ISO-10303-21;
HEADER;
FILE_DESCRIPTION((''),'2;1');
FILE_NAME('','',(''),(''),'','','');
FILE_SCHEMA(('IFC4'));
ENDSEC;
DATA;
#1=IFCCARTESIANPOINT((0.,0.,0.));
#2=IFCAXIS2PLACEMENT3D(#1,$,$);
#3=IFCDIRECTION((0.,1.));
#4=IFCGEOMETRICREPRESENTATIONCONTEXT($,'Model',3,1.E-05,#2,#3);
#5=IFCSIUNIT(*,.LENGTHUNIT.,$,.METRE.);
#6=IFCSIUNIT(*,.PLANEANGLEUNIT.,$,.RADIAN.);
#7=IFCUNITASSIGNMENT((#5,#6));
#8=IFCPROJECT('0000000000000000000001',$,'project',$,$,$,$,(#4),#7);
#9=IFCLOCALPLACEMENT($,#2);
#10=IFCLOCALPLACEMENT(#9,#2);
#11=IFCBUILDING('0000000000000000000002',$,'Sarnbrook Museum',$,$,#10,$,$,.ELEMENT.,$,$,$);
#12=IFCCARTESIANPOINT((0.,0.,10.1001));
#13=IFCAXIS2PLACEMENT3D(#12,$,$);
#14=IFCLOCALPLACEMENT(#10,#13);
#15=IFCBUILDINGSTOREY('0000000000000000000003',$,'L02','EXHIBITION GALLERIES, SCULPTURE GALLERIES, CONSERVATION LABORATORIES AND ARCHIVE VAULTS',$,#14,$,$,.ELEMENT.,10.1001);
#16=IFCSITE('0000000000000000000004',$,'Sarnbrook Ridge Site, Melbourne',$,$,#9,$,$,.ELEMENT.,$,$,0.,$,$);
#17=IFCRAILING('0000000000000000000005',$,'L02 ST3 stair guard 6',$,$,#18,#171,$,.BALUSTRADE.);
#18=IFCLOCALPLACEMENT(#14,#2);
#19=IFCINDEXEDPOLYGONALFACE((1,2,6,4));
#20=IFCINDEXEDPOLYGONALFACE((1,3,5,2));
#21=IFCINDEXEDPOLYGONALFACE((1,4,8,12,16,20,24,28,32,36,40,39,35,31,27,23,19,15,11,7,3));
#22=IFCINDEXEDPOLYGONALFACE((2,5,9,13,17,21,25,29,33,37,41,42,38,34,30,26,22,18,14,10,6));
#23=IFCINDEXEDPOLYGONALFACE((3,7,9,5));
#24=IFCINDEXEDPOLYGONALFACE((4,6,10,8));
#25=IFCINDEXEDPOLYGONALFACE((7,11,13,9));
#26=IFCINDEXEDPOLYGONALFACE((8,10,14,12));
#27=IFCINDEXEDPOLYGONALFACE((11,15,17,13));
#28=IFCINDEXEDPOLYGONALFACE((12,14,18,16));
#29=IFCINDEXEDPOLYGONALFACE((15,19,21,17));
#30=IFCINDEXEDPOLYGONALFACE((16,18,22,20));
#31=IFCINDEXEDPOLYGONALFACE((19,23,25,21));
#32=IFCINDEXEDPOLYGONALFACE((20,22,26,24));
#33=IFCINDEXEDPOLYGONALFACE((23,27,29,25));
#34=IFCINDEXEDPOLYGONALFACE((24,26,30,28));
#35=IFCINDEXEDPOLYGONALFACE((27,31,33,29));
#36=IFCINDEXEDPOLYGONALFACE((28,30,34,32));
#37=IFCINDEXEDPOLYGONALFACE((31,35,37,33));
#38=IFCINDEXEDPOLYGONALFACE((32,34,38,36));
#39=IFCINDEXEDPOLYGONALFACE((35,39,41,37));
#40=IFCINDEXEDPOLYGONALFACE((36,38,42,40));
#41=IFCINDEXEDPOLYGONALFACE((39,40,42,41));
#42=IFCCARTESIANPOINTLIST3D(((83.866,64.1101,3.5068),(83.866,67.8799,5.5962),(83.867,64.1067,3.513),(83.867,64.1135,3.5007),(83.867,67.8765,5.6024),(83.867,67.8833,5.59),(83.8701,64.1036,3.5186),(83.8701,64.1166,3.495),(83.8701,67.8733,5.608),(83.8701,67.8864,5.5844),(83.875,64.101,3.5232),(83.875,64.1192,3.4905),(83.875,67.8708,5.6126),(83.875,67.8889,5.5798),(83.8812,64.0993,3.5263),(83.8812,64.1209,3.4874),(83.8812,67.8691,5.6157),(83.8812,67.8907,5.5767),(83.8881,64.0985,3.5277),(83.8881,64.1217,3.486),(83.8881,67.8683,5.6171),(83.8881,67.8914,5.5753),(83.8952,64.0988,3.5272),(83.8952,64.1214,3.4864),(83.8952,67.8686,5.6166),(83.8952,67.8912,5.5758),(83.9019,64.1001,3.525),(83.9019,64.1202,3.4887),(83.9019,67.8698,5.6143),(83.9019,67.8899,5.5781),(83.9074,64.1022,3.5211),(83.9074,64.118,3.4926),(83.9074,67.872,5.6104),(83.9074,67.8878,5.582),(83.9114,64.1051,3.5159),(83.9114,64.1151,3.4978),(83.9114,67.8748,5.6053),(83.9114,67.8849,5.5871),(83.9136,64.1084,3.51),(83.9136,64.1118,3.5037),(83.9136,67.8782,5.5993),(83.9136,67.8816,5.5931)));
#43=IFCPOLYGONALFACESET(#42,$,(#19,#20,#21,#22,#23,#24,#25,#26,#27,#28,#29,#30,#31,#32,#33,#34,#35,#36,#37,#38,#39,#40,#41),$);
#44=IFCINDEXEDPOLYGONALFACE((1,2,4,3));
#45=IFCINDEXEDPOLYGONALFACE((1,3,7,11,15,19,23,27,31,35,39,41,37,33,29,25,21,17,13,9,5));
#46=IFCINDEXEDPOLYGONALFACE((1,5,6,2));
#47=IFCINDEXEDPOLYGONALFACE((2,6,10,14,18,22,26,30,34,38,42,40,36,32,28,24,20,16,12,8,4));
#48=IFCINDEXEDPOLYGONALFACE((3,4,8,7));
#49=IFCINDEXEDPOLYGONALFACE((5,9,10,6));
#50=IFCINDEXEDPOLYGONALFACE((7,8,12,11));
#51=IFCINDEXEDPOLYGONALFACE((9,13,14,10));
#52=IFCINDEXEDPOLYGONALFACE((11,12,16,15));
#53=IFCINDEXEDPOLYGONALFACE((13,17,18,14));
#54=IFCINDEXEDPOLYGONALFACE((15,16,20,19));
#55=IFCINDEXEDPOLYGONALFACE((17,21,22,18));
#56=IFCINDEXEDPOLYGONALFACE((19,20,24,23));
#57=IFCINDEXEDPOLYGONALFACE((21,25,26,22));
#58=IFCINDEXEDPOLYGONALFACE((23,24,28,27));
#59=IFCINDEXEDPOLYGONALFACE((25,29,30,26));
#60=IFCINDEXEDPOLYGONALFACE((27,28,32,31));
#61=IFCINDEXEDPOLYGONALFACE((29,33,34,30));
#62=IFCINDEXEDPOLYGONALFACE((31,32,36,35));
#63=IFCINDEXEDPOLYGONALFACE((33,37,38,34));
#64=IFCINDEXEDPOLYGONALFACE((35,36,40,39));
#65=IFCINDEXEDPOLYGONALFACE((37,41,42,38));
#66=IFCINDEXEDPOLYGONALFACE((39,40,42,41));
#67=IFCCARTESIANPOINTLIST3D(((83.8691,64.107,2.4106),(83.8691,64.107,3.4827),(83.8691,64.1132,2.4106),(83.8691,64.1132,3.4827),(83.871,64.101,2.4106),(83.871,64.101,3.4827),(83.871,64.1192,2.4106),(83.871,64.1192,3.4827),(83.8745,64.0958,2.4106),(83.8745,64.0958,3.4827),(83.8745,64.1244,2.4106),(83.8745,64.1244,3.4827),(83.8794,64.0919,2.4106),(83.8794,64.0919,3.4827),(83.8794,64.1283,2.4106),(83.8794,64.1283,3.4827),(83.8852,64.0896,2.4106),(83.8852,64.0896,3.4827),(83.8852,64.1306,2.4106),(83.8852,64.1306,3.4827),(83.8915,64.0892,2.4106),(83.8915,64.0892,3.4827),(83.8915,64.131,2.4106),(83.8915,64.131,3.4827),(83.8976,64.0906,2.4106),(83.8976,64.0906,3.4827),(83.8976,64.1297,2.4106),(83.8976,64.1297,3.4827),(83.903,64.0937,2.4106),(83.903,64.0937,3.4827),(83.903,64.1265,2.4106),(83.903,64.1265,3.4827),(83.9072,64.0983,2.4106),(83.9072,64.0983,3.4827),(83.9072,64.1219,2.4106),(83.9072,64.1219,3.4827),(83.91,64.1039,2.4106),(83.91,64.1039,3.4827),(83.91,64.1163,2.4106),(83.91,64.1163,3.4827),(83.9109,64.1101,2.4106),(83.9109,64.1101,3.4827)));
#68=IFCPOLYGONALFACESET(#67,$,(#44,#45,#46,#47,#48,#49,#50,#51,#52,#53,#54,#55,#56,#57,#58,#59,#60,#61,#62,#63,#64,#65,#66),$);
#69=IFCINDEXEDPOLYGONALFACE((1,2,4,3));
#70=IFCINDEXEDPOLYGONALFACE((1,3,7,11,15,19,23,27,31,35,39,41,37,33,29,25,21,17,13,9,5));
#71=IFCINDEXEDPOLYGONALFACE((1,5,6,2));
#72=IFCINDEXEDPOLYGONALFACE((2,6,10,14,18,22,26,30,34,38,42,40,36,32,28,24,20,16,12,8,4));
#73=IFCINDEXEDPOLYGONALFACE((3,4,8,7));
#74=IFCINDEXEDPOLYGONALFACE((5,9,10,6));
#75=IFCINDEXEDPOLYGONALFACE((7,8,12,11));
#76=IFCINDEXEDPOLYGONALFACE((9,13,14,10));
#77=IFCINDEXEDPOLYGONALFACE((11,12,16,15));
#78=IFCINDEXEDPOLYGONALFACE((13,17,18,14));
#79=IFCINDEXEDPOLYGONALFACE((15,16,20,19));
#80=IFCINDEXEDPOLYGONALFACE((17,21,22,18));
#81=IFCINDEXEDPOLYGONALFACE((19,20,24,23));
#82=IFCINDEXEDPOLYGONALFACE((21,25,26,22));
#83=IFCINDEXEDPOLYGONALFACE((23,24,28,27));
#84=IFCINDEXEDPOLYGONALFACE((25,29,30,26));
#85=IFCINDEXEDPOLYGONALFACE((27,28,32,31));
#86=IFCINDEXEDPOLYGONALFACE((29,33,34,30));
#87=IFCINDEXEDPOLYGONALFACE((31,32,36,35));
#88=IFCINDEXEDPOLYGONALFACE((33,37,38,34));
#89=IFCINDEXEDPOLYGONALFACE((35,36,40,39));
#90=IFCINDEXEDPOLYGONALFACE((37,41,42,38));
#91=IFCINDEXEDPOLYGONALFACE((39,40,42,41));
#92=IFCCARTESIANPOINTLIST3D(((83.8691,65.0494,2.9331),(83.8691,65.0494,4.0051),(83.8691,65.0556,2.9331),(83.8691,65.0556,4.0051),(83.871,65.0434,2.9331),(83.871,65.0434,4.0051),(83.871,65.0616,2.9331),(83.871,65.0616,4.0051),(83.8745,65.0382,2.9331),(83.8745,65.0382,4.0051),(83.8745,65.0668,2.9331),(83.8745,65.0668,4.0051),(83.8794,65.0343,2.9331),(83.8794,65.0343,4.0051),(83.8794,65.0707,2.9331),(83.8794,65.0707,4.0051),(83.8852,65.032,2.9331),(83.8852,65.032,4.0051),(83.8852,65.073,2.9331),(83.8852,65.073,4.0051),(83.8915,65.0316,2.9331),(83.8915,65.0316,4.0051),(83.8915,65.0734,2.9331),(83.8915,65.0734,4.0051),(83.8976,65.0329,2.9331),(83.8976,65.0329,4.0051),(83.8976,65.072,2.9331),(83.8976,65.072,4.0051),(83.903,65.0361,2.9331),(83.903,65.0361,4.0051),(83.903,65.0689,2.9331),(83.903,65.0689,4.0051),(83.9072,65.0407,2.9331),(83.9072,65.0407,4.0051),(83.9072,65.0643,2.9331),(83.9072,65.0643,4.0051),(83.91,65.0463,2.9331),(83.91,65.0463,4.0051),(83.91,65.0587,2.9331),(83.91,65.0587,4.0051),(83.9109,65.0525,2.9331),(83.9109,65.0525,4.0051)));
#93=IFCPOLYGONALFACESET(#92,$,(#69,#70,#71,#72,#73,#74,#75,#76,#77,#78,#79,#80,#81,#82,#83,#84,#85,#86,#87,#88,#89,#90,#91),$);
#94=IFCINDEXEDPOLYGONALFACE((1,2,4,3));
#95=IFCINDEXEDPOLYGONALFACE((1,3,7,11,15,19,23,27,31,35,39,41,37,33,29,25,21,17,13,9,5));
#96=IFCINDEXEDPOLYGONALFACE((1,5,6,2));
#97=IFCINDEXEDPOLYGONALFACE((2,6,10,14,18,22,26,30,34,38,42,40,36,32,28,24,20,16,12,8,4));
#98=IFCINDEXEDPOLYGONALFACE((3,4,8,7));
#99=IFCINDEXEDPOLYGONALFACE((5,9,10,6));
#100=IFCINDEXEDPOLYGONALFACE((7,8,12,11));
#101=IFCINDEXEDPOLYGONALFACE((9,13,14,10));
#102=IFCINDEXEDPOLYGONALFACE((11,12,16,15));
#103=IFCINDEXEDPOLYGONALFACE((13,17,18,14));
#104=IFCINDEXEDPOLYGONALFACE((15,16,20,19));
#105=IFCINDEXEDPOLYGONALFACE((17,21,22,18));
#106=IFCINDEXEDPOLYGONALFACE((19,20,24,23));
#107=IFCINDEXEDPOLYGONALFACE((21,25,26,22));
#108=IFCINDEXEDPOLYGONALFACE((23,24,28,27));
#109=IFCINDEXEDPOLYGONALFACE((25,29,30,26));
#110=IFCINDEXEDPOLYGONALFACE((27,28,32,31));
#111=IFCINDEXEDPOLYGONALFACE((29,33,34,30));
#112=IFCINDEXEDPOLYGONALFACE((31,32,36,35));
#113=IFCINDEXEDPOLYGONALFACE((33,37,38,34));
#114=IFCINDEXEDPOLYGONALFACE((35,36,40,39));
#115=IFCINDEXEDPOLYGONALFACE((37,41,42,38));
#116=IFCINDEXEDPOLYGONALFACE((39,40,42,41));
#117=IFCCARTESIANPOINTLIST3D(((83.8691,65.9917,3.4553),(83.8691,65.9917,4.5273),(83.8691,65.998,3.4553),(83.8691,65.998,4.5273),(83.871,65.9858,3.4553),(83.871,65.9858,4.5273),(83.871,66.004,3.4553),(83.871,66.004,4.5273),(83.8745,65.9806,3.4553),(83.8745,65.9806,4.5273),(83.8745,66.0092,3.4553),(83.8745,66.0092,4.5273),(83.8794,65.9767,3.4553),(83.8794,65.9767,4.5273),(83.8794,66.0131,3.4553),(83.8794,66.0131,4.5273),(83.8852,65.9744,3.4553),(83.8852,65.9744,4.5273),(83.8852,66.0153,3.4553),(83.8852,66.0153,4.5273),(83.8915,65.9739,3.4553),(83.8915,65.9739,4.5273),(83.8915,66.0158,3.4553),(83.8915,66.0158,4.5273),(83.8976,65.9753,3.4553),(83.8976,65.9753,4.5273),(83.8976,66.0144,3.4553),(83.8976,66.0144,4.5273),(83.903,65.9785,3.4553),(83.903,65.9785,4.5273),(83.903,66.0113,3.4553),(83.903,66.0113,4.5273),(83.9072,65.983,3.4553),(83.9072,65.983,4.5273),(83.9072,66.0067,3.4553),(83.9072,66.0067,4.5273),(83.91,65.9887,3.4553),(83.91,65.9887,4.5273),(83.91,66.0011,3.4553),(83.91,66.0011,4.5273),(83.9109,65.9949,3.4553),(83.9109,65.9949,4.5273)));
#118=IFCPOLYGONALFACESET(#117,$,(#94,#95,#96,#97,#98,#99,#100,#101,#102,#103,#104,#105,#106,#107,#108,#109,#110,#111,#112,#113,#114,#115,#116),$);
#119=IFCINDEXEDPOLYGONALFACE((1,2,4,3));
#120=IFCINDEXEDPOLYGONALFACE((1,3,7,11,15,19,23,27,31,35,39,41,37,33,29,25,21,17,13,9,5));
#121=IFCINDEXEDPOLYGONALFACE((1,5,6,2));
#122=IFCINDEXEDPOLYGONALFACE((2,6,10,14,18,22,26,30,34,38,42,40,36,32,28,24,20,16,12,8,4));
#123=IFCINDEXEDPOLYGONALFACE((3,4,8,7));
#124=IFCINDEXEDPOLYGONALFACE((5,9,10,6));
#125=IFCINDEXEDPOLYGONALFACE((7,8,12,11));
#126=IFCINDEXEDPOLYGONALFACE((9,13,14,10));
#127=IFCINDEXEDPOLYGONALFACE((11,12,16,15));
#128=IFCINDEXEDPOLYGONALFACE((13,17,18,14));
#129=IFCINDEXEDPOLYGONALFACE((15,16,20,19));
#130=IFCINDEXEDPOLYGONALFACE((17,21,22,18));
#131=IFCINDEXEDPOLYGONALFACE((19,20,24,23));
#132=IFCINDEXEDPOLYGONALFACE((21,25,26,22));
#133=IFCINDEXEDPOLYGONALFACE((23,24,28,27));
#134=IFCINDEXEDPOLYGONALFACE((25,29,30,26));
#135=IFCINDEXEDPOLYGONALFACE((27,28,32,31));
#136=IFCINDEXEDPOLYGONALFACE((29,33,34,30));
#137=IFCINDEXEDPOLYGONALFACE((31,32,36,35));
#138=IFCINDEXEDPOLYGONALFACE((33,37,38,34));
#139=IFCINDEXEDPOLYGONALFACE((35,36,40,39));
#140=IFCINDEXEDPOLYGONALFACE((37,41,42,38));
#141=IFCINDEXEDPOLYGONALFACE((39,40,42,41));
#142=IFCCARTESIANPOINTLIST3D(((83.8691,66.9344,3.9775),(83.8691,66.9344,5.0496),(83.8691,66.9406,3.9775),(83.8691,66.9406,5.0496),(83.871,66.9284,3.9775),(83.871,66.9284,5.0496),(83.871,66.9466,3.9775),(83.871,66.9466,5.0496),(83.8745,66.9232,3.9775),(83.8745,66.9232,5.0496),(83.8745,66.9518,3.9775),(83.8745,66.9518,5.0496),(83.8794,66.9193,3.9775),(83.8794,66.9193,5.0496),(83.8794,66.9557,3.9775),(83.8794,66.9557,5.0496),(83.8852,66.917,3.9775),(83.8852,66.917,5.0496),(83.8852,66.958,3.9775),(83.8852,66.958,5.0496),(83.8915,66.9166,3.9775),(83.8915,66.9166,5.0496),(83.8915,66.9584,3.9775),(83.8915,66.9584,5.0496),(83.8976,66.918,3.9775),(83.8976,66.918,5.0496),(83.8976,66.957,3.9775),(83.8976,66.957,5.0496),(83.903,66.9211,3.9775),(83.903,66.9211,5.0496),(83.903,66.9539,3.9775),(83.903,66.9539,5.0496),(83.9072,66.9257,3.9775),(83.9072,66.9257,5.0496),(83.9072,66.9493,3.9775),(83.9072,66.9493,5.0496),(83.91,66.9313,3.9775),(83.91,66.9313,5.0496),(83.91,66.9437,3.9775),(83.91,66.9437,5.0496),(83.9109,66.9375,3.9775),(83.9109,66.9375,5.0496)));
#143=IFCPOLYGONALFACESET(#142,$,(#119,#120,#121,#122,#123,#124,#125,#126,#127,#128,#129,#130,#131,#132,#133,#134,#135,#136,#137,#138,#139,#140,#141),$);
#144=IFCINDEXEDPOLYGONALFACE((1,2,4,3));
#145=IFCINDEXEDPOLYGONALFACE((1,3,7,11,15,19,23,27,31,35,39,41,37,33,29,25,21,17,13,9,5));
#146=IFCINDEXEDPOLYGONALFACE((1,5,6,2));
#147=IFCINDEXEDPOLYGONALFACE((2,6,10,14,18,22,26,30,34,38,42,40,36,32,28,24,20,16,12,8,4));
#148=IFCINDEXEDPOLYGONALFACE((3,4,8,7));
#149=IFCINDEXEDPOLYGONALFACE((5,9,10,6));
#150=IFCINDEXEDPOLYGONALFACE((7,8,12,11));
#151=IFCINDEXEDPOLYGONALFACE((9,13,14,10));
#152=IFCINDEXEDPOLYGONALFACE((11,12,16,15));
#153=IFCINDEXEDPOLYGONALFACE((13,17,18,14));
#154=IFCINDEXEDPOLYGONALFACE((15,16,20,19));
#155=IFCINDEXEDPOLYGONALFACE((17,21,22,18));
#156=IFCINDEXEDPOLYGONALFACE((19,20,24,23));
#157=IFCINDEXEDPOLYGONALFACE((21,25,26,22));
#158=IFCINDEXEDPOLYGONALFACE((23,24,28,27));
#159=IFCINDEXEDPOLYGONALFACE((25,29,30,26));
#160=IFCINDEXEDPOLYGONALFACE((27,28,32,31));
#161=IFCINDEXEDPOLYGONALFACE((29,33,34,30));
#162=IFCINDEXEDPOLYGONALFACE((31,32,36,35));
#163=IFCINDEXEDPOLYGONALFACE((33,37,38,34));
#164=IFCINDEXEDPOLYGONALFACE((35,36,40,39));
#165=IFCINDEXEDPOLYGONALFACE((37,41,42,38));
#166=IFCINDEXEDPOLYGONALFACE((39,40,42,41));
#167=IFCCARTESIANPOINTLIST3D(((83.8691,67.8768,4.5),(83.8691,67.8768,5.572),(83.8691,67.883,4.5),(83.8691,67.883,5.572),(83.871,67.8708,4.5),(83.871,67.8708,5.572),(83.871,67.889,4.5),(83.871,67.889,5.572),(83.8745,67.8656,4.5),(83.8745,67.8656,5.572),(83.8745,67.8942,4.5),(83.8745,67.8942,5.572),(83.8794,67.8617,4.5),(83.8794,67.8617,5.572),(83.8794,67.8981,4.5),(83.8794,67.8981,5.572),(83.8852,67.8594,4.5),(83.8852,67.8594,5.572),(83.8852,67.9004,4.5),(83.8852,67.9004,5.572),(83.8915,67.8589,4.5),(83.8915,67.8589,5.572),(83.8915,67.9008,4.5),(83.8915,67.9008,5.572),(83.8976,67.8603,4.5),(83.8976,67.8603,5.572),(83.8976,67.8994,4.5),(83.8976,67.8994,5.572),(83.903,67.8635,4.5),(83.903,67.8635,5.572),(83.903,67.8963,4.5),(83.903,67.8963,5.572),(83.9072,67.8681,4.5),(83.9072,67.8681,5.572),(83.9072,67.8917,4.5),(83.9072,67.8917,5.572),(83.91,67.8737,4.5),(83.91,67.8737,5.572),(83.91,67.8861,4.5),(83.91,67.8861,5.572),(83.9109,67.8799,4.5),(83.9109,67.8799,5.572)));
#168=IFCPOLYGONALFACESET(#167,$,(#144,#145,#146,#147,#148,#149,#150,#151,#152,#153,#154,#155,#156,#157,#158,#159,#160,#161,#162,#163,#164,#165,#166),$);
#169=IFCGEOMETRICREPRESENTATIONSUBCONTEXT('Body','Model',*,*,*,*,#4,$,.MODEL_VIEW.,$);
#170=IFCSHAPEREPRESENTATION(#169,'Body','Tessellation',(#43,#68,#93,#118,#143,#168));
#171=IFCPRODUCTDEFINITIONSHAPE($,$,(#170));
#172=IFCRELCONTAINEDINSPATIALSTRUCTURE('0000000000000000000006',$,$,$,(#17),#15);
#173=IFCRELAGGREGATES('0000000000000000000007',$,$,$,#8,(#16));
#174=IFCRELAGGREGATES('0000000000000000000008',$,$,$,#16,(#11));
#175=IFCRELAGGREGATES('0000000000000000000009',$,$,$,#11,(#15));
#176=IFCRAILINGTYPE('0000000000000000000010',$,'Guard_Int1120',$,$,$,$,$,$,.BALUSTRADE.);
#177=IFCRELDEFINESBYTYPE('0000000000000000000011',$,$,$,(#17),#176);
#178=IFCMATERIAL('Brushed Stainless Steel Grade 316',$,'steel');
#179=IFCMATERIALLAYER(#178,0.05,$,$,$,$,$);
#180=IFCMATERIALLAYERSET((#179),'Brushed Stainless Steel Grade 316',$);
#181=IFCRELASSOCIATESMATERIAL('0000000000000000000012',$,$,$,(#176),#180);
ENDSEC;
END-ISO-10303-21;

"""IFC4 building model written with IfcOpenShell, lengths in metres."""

from ifc_helpers import new_model, si_unit, direction, frame, origin, origin_2d, place, context, subcontext, project, spatial, circle, extrude, material, layer, layer_set, type_object, element, save


model = new_model("IFC4")

# Units and contexts
model_context = context("Model", 3, precision=1e-05, world=origin(), true_north=direction((0.0, 1.0)))
body_context = subcontext(model_context, "Body", "Model", "MODEL_VIEW")
ifc_project = project(units=[si_unit("LENGTHUNIT", "METRE"), si_unit("PLANEANGLEUNIT", "RADIAN")], contexts=[model_context])

# Site, building, storey
site_placement = place(None, origin())
site = spatial("IfcSite", under=ifc_project, at=site_placement, Name="Sarnbrook Ridge Site, Melbourne", CompositionType="ELEMENT", RefElevation=0.0)
building_placement = place(site_placement, origin())
building = spatial("IfcBuilding", under=site, at=building_placement, Name="Sarnbrook Museum", CompositionType="ELEMENT")
storey_placement = place(building_placement, frame((0.0, 0.0, 10.1001)))
storey = spatial("IfcBuildingStorey", under=building, at=storey_placement, Name="L02", Description="EXHIBITION GALLERIES, SCULPTURE GALLERIES, CONSERVATION LABORATORIES AND ARCHIVE VAULTS", CompositionType="ELEMENT", Elevation=10.1001)

# Railing
ifc_material_1 = material(Name="Brushed Stainless Steel Grade 316", Category="steel")
ifc_layer_1 = layer(ifc_material_1, 0.05)
ifc_layer_set_1 = layer_set([ifc_layer_1], Name="Brushed Stainless Steel Grade 316")
railing_type_1 = type_object("IfcRailingType", Name="Guard_Int1120", PredefinedType="BALUSTRADE", material=ifc_layer_set_1)
railing_1_placement = place(storey_placement, frame((83.8899, 64.1101, 2.4106)))
element("IfcRailing", 1, at=railing_1_placement, inside=storey, type_object=railing_type_1, Name="L02 ST3 stair guard 6", PredefinedType="BALUSTRADE", context=body_context, shape_type="SweptSolid", body=[
    extrude(circle(Radius=0.0239, at=origin_2d()), frame((0.0, 0.0, 1.0962), z_axis=(0.0, 0.874646, 0.484763), x_axis=(-1.0, 0.0, 0.0)), (0.0, 0.0, 1.0), 4.3101),
    extrude(circle(Radius=0.021, at=origin_2d()), origin(), (0.0, 0.0, 1.0), 1.072),
    extrude(circle(Radius=0.021, at=origin_2d()), frame((0.0, 0.9424, 0.5225)), (0.0, 0.0, 1.0), 1.072),
    extrude(circle(Radius=0.021, at=origin_2d()), frame((0.0, 1.8848, 1.0447)), (0.0, 0.0, 1.0), 1.072),
    extrude(circle(Radius=0.021, at=origin_2d()), frame((0.0, 2.8274, 1.5669)), (0.0, 0.0, 1.0), 1.072),
    extrude(circle(Radius=0.021, at=origin_2d()), frame((0.0, 3.7698, 2.0894)), (0.0, 0.0, 1.0), 1.072),
])

save(model, "model.ifc")
